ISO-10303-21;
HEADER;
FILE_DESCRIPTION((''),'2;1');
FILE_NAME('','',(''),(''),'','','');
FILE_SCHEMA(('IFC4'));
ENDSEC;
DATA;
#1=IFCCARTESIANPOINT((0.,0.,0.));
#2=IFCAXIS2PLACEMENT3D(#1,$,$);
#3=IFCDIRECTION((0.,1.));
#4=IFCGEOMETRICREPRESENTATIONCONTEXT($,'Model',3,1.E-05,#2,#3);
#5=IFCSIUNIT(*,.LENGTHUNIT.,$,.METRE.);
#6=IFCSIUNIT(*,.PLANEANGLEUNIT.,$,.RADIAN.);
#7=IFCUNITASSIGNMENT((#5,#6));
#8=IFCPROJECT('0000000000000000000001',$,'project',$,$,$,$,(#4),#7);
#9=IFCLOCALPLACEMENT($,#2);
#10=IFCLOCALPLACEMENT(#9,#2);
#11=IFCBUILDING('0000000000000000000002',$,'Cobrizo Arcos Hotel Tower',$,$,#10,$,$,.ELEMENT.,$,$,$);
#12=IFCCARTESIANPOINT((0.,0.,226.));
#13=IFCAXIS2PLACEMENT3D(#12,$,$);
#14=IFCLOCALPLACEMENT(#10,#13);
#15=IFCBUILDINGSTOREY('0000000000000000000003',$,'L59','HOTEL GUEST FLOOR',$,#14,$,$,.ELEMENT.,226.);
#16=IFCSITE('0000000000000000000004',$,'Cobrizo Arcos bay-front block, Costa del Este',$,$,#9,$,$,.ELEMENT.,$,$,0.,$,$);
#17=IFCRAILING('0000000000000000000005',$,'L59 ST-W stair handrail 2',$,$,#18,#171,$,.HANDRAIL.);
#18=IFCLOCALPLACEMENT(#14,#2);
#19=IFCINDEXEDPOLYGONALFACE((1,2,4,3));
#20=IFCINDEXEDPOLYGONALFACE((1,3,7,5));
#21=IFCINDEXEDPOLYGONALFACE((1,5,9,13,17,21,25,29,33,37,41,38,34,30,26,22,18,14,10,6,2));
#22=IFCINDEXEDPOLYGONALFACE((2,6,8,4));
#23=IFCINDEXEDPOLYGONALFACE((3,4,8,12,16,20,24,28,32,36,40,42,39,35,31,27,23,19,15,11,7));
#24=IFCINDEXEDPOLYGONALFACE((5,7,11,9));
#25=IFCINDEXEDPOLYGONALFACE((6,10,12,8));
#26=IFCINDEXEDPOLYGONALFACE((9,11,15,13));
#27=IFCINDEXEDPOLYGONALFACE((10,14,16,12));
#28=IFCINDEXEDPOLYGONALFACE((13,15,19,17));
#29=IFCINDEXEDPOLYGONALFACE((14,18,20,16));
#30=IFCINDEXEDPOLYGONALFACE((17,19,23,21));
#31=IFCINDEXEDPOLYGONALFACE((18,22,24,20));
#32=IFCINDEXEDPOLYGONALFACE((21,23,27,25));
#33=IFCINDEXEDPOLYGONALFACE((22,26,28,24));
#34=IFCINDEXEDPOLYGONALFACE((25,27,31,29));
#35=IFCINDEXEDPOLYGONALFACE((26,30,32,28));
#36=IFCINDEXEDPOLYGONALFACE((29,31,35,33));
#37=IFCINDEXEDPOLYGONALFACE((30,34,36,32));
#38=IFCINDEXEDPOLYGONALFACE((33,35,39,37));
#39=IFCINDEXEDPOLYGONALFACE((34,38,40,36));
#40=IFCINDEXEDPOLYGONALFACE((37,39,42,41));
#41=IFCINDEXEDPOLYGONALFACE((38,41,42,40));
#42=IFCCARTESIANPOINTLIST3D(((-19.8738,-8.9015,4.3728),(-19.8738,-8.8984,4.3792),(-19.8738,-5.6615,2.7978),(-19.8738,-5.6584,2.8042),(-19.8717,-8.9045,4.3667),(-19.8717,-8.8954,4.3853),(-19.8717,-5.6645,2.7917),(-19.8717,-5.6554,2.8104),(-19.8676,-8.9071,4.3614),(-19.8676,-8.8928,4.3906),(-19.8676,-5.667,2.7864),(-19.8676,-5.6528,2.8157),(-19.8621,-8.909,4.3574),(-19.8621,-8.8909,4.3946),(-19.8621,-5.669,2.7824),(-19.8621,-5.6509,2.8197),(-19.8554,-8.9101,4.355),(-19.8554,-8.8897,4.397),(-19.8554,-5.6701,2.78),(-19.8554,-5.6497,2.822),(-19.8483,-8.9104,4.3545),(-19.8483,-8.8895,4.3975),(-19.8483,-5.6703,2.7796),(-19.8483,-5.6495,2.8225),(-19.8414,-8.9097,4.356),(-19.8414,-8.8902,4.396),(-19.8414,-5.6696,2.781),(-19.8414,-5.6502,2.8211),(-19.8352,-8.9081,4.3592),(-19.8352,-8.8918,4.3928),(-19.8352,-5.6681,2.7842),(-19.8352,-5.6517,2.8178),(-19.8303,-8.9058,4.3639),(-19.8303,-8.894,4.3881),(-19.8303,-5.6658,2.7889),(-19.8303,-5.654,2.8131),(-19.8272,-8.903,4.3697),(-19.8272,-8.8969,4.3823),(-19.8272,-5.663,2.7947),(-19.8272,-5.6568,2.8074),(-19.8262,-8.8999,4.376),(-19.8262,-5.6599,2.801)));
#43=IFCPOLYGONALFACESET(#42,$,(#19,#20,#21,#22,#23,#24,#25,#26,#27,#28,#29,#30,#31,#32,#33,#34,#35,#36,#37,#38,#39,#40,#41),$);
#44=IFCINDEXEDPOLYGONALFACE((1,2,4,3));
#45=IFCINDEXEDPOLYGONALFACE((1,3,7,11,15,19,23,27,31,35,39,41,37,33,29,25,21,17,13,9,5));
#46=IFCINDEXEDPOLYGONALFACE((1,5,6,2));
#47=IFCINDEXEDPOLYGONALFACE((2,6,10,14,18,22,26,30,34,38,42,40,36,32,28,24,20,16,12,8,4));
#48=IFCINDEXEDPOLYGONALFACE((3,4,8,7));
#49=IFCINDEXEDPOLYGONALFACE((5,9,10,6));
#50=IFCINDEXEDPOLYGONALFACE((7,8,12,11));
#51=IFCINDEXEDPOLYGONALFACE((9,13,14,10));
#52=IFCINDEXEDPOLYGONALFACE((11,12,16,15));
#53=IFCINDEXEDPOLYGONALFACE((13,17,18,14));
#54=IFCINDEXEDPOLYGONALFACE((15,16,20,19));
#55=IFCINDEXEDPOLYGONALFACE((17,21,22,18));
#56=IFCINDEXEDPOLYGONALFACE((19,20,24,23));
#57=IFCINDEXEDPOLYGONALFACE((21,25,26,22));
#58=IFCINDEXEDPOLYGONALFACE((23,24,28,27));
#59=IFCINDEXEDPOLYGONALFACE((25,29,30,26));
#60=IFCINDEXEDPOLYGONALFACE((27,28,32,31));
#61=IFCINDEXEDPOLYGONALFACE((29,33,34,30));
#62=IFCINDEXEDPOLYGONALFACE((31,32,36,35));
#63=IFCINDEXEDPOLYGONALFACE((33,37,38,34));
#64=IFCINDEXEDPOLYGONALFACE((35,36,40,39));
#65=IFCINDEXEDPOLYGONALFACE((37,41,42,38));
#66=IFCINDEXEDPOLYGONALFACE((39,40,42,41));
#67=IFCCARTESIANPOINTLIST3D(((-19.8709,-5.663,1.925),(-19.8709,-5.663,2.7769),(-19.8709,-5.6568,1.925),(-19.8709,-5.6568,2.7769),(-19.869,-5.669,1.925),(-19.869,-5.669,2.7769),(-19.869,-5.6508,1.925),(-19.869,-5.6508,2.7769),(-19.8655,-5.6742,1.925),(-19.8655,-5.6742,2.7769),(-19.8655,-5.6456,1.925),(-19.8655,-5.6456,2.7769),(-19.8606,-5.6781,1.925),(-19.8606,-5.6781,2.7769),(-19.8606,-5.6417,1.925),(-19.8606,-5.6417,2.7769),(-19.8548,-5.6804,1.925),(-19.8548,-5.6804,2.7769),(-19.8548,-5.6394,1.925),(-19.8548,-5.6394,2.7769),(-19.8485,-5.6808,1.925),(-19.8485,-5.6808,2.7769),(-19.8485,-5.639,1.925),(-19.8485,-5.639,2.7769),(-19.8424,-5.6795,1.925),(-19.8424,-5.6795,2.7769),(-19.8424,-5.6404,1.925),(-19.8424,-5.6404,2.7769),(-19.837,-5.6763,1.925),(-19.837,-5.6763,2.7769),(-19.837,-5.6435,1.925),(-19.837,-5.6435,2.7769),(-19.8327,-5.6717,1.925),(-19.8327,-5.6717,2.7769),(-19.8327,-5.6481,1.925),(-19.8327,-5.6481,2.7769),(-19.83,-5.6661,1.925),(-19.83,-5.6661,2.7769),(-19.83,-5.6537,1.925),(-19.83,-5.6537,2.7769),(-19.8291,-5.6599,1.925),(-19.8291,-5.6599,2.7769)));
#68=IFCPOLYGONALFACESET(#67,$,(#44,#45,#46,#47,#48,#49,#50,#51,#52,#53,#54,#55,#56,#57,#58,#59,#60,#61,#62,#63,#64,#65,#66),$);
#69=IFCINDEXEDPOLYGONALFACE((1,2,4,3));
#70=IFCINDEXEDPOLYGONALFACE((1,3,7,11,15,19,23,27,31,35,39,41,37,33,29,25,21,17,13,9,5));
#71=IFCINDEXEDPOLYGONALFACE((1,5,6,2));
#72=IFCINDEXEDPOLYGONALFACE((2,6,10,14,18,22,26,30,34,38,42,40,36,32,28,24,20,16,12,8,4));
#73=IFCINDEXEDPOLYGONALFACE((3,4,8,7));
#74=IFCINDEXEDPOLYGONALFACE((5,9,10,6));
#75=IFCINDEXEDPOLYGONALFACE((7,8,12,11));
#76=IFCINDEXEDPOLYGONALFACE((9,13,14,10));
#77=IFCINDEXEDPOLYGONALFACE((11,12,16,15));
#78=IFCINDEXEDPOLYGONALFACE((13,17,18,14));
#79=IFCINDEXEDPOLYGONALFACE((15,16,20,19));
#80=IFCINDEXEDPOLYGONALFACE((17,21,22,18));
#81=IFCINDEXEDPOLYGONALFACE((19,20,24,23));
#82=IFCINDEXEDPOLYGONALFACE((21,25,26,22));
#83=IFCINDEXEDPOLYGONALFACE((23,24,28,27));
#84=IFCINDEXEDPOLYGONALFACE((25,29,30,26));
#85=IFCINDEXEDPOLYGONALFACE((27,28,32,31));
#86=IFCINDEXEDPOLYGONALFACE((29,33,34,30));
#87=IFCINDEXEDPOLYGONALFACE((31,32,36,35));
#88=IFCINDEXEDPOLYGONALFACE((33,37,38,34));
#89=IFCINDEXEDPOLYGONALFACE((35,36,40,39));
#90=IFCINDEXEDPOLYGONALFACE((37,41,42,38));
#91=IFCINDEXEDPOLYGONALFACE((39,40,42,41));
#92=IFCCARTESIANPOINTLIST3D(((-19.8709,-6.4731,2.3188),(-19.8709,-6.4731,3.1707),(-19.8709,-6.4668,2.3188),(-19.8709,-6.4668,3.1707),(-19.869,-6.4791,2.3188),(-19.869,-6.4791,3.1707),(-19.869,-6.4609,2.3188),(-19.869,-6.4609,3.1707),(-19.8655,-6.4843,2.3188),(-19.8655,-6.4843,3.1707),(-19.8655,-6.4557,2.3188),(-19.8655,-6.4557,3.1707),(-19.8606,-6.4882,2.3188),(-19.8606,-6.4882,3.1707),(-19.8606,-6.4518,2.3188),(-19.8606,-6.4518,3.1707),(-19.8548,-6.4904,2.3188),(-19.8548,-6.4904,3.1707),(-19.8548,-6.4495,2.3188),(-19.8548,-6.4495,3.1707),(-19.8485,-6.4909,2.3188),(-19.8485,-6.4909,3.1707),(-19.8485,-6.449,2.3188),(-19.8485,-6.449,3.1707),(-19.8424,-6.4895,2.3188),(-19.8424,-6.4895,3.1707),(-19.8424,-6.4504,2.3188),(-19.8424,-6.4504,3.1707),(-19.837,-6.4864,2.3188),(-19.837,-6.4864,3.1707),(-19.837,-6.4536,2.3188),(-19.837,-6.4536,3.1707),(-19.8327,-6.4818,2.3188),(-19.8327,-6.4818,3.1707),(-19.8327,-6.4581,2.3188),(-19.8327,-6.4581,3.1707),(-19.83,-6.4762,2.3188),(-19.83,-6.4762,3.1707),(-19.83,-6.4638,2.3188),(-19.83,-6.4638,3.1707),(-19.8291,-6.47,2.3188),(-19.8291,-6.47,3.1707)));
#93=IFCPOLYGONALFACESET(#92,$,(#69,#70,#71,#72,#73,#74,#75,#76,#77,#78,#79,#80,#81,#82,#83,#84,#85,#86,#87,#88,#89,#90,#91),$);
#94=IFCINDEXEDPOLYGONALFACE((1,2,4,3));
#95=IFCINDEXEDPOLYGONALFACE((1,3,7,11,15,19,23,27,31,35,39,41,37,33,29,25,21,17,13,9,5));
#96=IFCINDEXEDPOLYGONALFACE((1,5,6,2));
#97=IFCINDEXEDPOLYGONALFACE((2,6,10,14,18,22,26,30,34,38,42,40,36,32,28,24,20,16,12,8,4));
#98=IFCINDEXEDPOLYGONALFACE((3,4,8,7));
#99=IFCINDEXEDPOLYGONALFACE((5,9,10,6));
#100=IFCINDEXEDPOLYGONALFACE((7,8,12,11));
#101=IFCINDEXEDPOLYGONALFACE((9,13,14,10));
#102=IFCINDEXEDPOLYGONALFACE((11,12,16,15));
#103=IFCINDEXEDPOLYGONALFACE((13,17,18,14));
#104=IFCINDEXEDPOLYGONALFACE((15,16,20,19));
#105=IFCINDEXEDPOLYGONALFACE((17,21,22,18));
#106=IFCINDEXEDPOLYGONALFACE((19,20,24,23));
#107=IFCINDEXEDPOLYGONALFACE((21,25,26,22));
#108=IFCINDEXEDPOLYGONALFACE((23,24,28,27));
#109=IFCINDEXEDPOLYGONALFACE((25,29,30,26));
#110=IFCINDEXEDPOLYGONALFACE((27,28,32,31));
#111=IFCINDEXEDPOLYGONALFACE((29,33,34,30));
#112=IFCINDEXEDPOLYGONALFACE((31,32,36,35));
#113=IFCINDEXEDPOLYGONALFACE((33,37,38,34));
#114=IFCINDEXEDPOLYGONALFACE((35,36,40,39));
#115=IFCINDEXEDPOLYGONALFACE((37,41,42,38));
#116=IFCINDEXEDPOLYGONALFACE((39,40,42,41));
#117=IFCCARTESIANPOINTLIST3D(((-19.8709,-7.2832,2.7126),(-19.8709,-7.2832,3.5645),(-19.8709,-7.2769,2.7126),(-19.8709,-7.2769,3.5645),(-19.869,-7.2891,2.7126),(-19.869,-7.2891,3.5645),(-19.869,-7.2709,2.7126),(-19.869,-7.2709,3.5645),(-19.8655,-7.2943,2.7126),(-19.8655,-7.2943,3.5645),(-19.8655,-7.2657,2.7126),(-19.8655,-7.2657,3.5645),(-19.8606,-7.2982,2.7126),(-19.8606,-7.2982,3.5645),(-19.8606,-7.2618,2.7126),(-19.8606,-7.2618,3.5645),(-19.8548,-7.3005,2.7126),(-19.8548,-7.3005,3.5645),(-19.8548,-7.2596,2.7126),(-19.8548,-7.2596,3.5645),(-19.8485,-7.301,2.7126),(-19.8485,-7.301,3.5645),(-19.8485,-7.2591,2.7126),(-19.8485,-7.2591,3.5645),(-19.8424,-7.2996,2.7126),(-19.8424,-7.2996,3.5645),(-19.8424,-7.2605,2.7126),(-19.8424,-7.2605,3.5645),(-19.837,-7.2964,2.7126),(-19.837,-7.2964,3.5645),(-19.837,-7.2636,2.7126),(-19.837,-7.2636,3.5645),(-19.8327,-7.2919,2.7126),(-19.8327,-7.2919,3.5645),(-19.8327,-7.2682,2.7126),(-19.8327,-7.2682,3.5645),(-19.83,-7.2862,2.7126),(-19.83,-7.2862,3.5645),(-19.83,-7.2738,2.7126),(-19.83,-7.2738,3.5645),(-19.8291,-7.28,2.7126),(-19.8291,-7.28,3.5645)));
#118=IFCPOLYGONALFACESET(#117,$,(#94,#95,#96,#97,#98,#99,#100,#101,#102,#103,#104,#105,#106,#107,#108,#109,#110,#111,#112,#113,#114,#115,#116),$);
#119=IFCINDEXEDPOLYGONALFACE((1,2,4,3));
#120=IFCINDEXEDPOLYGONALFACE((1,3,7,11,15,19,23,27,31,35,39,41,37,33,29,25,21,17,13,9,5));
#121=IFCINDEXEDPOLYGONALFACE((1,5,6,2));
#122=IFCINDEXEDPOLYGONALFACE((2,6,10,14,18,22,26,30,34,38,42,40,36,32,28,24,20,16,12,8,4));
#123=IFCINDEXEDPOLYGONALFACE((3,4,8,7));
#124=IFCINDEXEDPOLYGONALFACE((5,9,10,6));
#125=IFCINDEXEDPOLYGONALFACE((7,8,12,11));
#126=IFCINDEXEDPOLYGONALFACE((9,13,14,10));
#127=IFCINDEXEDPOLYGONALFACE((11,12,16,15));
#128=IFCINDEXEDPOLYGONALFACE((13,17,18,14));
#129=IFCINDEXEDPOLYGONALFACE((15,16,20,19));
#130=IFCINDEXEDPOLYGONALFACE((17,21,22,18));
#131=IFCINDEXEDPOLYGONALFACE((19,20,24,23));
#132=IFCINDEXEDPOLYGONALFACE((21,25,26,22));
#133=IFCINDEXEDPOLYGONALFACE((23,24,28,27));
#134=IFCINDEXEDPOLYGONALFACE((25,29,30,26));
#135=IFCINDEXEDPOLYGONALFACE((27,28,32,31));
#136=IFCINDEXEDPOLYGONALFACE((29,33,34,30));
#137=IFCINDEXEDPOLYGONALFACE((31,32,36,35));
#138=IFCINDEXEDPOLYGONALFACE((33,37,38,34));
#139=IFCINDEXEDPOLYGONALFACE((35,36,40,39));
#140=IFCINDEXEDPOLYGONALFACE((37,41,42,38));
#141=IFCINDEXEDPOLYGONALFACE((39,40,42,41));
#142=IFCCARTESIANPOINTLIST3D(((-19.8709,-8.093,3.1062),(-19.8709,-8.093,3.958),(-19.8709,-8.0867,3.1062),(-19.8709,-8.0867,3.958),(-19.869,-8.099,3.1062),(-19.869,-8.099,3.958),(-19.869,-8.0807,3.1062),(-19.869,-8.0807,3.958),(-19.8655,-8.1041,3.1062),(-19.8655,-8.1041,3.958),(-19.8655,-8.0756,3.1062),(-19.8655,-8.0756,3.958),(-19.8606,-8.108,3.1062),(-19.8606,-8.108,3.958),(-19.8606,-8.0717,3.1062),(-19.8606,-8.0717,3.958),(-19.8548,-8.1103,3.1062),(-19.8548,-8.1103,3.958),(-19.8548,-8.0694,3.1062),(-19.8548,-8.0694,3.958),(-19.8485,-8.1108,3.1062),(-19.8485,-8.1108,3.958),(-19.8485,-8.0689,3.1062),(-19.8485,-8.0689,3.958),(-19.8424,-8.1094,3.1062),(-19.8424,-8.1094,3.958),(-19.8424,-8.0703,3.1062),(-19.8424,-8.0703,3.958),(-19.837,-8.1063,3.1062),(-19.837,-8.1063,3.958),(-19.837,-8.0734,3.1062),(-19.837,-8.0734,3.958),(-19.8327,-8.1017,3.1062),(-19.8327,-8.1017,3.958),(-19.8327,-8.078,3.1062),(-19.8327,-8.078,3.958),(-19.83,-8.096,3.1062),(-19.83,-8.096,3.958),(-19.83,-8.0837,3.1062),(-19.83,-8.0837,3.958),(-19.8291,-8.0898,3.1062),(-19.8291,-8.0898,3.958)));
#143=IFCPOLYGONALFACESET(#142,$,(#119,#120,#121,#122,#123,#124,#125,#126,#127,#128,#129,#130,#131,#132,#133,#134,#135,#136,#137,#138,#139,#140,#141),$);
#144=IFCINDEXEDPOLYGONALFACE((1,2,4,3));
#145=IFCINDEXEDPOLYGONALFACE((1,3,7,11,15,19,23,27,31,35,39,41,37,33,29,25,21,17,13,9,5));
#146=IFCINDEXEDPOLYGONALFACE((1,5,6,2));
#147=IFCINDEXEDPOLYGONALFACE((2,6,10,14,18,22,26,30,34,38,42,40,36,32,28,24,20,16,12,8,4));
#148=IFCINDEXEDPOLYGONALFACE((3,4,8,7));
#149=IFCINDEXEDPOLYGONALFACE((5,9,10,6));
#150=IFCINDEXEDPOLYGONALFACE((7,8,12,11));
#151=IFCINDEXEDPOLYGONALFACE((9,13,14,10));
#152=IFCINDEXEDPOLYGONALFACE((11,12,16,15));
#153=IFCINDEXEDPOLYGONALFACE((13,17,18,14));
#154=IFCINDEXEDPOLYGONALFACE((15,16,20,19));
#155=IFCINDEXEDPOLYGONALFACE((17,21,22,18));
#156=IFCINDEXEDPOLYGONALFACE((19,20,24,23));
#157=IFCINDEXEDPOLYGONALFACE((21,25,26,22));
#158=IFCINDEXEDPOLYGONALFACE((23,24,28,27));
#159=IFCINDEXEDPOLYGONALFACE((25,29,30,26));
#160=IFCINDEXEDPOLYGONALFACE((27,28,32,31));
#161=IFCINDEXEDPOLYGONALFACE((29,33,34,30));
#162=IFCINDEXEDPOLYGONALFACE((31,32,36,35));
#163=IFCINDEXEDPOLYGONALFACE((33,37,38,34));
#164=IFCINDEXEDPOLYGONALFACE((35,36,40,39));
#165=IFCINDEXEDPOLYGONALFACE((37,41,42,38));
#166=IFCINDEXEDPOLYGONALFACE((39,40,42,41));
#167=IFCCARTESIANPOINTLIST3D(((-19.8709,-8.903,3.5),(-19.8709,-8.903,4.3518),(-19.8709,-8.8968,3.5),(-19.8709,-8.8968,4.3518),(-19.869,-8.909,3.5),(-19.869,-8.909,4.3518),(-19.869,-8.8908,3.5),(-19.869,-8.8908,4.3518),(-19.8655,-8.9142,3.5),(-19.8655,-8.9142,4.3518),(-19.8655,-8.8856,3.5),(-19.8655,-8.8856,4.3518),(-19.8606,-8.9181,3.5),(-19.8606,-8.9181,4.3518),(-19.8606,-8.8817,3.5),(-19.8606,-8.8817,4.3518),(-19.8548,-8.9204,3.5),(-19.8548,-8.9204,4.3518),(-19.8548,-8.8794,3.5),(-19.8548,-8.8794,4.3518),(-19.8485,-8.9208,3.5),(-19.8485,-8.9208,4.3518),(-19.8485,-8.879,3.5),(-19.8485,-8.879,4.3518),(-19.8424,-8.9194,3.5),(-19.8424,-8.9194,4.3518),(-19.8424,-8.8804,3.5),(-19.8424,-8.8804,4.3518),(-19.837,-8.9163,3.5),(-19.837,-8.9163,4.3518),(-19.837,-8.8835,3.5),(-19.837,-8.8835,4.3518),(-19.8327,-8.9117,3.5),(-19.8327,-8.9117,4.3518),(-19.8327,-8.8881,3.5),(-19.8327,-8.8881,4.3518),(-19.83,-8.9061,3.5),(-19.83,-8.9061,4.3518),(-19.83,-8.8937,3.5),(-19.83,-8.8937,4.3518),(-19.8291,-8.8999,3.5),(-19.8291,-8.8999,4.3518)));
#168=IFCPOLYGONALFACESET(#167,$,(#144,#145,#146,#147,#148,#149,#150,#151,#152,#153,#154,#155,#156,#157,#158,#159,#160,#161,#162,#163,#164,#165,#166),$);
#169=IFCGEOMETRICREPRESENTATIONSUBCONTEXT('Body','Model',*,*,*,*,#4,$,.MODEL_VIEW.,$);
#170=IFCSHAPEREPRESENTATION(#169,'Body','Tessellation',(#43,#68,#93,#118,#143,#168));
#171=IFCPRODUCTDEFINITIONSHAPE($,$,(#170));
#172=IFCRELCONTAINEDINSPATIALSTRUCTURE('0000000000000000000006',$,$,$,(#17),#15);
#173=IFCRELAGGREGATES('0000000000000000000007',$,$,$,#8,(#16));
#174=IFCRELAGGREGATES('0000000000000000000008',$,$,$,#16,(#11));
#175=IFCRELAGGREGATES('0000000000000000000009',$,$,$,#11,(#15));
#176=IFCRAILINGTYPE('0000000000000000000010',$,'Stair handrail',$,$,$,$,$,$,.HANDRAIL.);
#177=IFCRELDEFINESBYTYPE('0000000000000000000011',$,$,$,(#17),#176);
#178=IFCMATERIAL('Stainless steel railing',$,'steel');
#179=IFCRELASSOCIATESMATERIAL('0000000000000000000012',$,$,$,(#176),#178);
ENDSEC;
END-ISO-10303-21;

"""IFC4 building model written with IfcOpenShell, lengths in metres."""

from ifc_helpers import new_model, si_unit, direction, frame, origin, origin_2d, place, context, subcontext, project, spatial, circle, extrude, material, type_object, element, save


model = new_model("IFC4")

# Units and contexts
model_context = context("Model", 3, precision=1e-05, world=origin(), true_north=direction((0.0, 1.0)))
body_context = subcontext(model_context, "Body", "Model", "MODEL_VIEW")
ifc_project = project(units=[si_unit("LENGTHUNIT", "METRE"), si_unit("PLANEANGLEUNIT", "RADIAN")], contexts=[model_context])

# Site, building, storey
site_placement = place(None, origin())
site = spatial("IfcSite", under=ifc_project, at=site_placement, Name="Cobrizo Arcos bay-front block, Costa del Este", CompositionType="ELEMENT", RefElevation=0.0)
building_placement = place(site_placement, origin())
building = spatial("IfcBuilding", under=site, at=building_placement, Name="Cobrizo Arcos Hotel Tower", CompositionType="ELEMENT")
storey_placement = place(building_placement, frame((0.0, 0.0, 226.0)))
storey = spatial("IfcBuildingStorey", under=building, at=storey_placement, Name="L59", Description="HOTEL GUEST FLOOR", CompositionType="ELEMENT", Elevation=226.0)

# Railing
ifc_material_1 = material(Name="Stainless steel railing", Category="steel")
railing_type_1 = type_object("IfcRailingType", Name="Stair handrail", PredefinedType="HANDRAIL", material=ifc_material_1)
railing_1_placement = place(storey_placement, frame((-19.8501, -5.6599, 1.925)))
element("IfcRailing", 1, at=railing_1_placement, inside=storey, type_object=railing_type_1, Name="L59 ST-W stair handrail 2", PredefinedType="HANDRAIL", context=body_context, shape_type="SweptSolid", body=[
    extrude(circle(Radius=0.0239, at=origin_2d()), frame((0.0, 0.0, 0.876), z_axis=(0.0, -0.899373, 0.437183), x_axis=(1.0, 0.0, 0.0)), (0.0, 0.0, 1.0), 3.6025),
    extrude(circle(Radius=0.021, at=origin_2d()), origin(), (0.0, 0.0, 1.0), 0.8518),
    extrude(circle(Radius=0.021, at=origin_2d()), frame((0.0, -0.8101, 0.3938)), (0.0, 0.0, 1.0), 0.8518),
    extrude(circle(Radius=0.021, at=origin_2d()), frame((0.0, -1.6201, 0.7876)), (0.0, 0.0, 1.0), 0.8518),
    extrude(circle(Radius=0.021, at=origin_2d()), frame((0.0, -2.4299, 1.1812)), (0.0, 0.0, 1.0), 0.8518),
    extrude(circle(Radius=0.021, at=origin_2d()), frame((0.0, -3.24, 1.575)), (0.0, 0.0, 1.0), 0.8518),
])

save(model, "model.ifc")
